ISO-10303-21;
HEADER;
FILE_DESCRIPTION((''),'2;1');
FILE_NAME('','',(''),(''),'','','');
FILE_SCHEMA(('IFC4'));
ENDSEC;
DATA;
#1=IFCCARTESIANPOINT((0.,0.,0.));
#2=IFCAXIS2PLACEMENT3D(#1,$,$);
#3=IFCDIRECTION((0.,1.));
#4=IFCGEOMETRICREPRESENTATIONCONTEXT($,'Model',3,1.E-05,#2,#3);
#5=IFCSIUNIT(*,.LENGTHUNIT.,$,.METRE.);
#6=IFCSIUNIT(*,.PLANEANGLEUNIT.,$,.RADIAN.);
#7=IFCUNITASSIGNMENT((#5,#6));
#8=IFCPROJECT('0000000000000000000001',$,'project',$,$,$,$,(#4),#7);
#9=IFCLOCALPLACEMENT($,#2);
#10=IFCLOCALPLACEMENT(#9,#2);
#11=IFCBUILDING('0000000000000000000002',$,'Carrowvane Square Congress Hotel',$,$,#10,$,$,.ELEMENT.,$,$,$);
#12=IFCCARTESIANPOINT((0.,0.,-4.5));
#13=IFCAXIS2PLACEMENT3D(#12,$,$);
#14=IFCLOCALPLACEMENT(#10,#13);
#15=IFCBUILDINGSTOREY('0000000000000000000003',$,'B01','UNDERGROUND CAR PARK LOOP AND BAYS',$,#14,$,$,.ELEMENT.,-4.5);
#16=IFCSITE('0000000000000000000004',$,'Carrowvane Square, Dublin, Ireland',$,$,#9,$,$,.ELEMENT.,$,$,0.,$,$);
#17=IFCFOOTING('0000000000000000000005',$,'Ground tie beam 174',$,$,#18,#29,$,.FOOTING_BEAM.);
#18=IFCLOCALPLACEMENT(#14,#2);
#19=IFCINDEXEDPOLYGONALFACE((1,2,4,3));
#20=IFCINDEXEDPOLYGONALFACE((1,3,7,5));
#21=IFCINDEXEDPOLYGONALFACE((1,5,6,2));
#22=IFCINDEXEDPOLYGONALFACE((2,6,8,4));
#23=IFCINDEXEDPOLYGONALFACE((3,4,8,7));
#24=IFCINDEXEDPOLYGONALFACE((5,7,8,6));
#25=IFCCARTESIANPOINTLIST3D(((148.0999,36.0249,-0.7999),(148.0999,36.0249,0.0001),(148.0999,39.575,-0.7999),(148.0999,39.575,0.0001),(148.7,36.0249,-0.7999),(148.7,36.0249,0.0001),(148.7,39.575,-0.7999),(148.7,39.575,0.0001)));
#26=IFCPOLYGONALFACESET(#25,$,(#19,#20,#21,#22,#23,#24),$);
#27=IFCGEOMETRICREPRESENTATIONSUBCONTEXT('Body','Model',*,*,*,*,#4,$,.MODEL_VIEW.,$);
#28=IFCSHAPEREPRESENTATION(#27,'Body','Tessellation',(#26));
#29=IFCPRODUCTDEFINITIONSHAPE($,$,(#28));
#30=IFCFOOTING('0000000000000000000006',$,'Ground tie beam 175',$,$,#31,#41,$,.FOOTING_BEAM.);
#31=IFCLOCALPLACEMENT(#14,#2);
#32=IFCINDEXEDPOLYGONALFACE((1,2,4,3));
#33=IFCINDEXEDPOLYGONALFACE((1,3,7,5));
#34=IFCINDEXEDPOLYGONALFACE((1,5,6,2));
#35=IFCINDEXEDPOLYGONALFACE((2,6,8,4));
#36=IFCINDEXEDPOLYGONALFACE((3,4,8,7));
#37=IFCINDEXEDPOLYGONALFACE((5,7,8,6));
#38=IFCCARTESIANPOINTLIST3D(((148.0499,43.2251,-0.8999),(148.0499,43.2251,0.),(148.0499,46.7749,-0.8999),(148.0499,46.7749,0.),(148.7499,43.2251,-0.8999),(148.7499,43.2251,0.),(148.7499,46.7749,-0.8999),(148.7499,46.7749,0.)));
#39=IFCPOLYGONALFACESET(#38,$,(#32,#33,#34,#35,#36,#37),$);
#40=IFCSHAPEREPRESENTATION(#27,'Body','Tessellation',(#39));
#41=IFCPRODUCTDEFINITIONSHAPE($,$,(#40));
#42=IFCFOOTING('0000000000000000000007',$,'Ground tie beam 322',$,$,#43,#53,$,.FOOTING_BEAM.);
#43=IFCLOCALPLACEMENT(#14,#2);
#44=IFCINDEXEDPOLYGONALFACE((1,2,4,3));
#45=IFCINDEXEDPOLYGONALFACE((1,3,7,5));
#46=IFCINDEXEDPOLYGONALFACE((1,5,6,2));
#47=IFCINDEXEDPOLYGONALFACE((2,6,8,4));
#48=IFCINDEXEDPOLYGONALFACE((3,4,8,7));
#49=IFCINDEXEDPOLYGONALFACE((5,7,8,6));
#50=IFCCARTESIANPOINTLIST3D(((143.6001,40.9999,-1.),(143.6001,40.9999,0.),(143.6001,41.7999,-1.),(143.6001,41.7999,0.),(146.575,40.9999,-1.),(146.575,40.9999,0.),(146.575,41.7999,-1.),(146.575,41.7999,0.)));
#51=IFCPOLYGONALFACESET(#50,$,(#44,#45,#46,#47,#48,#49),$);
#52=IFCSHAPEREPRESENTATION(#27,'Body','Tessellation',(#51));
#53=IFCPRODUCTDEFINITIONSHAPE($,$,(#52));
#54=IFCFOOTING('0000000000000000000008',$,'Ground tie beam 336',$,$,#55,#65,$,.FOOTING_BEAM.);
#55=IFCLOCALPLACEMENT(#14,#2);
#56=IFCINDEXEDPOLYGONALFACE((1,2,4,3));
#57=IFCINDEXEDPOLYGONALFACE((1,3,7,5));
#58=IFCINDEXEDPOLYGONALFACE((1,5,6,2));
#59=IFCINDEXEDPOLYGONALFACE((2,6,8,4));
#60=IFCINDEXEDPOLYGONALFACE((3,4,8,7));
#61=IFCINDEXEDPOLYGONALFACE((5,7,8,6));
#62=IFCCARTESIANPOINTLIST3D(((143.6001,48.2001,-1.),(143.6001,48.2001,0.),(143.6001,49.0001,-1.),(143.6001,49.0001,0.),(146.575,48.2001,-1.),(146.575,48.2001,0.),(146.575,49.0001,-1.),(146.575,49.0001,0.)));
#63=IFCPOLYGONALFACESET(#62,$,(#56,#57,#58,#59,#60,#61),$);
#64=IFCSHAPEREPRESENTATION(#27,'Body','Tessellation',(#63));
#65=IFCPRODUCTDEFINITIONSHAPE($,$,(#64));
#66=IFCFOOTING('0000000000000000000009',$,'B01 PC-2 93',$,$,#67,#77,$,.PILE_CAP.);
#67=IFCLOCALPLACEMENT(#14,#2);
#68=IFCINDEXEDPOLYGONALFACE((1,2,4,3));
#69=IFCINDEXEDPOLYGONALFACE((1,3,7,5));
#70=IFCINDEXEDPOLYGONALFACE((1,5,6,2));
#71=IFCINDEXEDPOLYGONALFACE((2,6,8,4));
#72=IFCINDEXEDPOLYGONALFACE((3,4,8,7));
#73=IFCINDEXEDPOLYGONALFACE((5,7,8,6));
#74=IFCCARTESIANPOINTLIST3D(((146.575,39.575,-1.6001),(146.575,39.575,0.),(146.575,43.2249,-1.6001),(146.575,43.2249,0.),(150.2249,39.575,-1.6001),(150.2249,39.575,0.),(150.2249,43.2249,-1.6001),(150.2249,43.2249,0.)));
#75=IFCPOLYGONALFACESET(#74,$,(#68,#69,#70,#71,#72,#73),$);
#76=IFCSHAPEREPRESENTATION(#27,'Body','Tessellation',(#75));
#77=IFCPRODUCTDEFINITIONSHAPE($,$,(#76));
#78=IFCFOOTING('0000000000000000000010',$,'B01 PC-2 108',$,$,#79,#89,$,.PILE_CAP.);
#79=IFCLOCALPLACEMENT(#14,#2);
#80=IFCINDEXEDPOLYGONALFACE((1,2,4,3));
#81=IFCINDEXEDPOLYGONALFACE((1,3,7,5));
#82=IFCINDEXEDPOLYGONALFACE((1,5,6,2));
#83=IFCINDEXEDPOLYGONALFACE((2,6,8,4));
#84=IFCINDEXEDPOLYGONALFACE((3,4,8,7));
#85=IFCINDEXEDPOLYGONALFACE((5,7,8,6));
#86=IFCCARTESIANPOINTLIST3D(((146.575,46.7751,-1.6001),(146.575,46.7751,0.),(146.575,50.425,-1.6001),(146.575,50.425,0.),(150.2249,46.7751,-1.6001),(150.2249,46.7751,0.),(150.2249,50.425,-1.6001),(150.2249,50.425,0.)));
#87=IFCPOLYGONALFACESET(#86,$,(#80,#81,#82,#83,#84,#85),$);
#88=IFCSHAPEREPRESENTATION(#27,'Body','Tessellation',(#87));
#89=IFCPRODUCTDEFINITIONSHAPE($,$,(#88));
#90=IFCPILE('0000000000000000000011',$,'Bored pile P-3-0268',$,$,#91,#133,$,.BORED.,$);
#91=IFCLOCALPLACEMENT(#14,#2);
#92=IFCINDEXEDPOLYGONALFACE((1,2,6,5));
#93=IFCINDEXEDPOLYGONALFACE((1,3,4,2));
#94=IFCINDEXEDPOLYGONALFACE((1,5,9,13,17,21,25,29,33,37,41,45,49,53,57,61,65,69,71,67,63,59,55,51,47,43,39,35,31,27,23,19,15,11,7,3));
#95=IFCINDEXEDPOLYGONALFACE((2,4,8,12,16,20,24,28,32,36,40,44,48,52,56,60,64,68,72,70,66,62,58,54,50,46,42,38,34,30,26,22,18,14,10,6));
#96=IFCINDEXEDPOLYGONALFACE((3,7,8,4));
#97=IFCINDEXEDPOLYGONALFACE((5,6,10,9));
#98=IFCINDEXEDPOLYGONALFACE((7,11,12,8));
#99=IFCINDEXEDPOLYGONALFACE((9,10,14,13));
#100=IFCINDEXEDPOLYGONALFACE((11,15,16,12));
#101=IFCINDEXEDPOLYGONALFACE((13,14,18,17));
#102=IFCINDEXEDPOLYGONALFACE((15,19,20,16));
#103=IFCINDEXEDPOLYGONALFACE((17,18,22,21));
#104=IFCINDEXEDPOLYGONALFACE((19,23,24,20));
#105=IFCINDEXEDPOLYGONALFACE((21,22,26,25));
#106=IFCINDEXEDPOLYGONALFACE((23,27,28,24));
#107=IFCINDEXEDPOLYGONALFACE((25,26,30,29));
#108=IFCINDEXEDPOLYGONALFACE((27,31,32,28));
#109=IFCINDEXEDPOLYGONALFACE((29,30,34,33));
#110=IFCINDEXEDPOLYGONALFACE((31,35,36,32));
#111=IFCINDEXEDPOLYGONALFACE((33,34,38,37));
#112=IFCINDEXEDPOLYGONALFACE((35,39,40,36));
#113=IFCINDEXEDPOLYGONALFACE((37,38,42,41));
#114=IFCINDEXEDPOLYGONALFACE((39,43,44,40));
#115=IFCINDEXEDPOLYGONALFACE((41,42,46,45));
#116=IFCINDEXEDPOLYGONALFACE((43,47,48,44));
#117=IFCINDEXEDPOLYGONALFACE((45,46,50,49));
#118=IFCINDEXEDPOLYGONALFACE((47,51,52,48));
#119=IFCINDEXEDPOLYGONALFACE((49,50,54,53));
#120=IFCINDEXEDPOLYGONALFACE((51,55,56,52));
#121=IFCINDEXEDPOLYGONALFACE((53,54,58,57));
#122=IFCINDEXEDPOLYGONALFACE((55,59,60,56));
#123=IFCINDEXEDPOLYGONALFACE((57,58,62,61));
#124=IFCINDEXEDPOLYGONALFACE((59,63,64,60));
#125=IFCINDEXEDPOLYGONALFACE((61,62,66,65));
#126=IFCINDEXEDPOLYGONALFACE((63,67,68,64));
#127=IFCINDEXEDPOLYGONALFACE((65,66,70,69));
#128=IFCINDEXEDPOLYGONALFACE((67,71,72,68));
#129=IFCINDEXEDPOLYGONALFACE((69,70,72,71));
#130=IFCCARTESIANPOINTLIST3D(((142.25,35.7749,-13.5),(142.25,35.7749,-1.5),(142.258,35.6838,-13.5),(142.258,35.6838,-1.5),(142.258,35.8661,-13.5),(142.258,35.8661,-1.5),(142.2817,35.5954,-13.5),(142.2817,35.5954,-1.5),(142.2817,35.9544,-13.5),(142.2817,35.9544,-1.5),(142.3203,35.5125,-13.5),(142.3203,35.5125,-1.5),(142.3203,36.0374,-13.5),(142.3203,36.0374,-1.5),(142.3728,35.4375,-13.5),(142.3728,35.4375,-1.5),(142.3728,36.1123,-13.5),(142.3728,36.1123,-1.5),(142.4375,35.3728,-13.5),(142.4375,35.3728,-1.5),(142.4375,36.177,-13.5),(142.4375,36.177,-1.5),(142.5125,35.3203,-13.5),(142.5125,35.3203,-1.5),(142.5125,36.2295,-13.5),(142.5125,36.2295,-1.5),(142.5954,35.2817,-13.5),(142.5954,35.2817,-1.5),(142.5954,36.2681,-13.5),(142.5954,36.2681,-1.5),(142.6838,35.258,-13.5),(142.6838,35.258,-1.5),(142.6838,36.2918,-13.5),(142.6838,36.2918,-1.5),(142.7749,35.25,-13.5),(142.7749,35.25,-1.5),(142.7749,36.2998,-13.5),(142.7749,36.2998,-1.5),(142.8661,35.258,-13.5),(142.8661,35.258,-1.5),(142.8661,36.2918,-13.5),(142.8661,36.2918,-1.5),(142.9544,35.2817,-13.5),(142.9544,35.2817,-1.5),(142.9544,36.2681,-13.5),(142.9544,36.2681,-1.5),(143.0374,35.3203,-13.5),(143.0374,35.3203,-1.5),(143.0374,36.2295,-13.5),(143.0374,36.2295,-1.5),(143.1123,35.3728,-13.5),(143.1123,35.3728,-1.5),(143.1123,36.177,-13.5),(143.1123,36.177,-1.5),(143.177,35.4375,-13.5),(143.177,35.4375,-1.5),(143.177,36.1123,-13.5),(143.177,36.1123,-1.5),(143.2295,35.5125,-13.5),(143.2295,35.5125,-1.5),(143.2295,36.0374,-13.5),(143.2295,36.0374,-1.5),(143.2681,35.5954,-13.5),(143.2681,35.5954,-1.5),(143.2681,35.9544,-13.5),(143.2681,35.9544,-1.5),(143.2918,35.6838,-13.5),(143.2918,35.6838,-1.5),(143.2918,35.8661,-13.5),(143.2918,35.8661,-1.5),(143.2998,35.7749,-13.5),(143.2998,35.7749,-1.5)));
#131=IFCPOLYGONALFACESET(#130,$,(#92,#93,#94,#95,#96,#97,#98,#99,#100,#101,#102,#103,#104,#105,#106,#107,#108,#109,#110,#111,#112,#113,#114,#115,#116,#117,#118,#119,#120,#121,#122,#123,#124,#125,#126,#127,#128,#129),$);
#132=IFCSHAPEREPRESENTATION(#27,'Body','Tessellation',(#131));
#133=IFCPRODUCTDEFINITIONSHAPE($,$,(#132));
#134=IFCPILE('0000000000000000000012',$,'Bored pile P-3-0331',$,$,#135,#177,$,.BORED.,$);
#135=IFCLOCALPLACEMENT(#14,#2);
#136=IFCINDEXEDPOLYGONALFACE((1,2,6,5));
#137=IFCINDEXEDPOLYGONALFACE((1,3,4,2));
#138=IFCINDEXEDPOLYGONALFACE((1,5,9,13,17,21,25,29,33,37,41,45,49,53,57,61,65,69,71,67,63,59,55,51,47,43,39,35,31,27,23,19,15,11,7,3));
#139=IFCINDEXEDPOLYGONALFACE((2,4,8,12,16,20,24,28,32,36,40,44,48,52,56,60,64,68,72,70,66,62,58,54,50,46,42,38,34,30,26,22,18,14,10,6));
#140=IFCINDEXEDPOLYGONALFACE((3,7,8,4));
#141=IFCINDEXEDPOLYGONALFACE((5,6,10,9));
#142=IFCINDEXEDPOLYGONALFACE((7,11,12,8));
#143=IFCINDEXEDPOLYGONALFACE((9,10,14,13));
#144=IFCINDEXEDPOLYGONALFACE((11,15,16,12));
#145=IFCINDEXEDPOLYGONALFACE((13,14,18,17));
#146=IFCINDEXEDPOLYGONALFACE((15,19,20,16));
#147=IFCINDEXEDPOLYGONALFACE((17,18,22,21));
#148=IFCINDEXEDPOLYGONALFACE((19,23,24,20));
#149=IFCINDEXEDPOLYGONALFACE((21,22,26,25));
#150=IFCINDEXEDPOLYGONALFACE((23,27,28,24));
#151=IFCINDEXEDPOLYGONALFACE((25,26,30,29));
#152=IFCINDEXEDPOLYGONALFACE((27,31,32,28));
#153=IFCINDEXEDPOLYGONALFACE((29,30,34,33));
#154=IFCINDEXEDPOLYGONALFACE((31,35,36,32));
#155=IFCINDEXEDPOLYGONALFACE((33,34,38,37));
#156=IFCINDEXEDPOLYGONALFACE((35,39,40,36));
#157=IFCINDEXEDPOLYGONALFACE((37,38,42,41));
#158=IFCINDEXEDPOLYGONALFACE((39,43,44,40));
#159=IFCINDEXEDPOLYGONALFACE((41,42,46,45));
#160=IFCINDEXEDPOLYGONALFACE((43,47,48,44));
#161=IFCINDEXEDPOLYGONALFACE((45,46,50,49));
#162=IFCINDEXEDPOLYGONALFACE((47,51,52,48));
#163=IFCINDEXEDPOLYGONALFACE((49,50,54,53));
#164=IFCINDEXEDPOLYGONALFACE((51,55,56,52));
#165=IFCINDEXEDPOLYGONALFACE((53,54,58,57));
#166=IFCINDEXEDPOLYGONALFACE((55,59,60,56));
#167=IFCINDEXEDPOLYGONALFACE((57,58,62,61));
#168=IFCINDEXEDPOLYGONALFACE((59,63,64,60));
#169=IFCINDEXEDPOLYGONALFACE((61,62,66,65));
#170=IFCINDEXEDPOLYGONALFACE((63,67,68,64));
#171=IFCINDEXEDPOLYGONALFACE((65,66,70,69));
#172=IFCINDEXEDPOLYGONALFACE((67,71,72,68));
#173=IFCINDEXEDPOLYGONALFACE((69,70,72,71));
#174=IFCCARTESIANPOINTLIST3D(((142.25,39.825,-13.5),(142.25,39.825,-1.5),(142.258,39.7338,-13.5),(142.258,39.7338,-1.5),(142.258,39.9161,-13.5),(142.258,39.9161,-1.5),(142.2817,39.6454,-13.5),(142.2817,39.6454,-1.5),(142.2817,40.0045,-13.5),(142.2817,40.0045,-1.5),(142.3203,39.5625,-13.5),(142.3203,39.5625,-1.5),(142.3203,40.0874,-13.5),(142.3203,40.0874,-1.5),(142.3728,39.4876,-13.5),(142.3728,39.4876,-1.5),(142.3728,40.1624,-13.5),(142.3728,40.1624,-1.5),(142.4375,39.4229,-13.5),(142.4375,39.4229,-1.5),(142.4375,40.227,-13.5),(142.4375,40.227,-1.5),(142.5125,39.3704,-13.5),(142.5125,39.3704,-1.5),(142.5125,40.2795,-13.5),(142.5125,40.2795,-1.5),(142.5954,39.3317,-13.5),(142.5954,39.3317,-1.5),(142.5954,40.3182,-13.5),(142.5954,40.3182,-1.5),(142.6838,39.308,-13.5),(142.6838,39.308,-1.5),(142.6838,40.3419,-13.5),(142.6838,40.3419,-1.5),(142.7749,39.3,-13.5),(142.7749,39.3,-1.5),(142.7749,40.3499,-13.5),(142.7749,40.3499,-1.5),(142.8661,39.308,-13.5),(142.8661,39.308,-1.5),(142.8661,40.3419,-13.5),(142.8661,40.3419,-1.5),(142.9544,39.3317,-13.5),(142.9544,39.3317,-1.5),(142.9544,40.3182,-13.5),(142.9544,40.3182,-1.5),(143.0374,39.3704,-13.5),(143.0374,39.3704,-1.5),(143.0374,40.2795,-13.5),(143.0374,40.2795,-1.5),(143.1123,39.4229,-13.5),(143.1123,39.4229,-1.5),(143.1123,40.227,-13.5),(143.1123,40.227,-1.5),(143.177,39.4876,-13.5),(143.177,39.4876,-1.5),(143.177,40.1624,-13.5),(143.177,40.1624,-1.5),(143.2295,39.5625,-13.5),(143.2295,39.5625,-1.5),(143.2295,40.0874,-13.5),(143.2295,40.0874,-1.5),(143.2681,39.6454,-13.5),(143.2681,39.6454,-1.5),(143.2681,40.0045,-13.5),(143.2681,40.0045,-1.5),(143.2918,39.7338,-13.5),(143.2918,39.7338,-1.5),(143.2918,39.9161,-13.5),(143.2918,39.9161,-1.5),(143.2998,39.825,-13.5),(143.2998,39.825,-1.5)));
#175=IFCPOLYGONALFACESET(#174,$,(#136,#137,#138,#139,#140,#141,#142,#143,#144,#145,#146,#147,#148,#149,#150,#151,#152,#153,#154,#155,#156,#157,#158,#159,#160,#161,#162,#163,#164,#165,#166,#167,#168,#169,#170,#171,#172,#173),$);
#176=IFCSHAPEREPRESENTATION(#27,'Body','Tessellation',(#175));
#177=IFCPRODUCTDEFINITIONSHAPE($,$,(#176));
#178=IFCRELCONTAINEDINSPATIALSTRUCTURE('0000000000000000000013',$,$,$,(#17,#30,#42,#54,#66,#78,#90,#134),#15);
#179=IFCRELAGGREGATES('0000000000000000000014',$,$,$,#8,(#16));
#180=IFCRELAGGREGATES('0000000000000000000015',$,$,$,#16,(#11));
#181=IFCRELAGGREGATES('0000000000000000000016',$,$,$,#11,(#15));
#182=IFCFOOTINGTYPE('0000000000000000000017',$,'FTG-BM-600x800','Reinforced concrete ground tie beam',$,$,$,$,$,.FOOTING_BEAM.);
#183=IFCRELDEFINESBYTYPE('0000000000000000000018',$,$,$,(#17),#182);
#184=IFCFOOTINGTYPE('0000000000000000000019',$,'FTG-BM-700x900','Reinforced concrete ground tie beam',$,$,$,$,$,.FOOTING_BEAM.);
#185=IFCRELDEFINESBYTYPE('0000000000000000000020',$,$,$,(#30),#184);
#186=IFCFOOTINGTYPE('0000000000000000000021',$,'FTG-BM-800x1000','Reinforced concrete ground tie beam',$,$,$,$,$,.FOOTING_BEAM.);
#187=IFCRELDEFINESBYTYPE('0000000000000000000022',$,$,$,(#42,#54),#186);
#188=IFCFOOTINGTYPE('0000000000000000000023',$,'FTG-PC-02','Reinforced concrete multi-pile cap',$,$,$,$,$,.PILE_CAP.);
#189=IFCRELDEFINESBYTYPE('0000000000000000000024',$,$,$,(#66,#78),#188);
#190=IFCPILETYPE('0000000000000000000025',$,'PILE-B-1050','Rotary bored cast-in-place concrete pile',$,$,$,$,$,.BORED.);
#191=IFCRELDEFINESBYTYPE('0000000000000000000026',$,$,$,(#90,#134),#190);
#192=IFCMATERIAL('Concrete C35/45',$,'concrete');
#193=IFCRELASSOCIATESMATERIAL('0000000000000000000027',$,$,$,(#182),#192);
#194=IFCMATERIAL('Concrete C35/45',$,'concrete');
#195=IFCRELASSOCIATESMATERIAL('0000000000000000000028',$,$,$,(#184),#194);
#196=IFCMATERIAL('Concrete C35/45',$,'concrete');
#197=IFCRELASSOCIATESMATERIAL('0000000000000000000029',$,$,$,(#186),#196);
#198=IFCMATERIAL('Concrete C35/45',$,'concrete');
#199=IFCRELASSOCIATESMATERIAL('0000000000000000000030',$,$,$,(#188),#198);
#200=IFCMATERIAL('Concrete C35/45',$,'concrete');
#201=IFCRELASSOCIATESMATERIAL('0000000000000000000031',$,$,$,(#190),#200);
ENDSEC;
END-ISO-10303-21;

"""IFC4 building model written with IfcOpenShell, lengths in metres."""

from ifc_helpers import new_model, si_unit, direction, frame, origin, origin_2d, place, context, subcontext, project, spatial, rectangle, circle, extrude, material, material_profile, profile_set, type_object, element, save


model = new_model("IFC4")

# Units and contexts
model_context = context("Model", 3, precision=1e-05, world=origin(), true_north=direction((0.0, 1.0)))
body_context = subcontext(model_context, "Body", "Model", "MODEL_VIEW")
ifc_project = project(units=[si_unit("LENGTHUNIT", "METRE"), si_unit("PLANEANGLEUNIT", "RADIAN")], contexts=[model_context])

# Site, building, storey
site_placement = place(None, origin())
site = spatial("IfcSite", under=ifc_project, at=site_placement, Name="Carrowvane Square, Dublin, Ireland", CompositionType="ELEMENT", RefElevation=0.0)
building_placement = place(site_placement, origin())
building = spatial("IfcBuilding", under=site, at=building_placement, Name="Carrowvane Square Congress Hotel", CompositionType="ELEMENT")
storey_placement = place(building_placement, frame((0.0, 0.0, -4.5)))
storey = spatial("IfcBuildingStorey", under=building, at=storey_placement, Name="B01", Description="UNDERGROUND CAR PARK LOOP AND BAYS", CompositionType="ELEMENT", Elevation=-4.5)

# Footings
ifc_material_1 = material(Name="Concrete C35/45", Category="concrete")
ifc_material_profile_1 = material_profile(ifc_material_1, rectangle(XDim=0.6001, YDim=0.8, at=origin_2d()), Name="RC 600x800")
ifc_profile_set_1 = profile_set([ifc_material_profile_1], Name="Concrete C35/45")
footing_type_1 = type_object("IfcFootingType", Name="FTG-BM-600x800", Description="Reinforced concrete ground tie beam", PredefinedType="FOOTING_BEAM", material=ifc_profile_set_1)
footing_1_placement = place(storey_placement, frame((148.3999, 36.0249, -0.3999), z_axis=(0.0, 1.0, 0.0), x_axis=(-1.0, 0.0, 0.0)))
element("IfcFooting", 1, at=footing_1_placement, inside=storey, type_object=footing_type_1, Name="Ground tie beam 174", PredefinedType="FOOTING_BEAM", context=body_context, shape_type="SweptSolid", body=[
    extrude(rectangle(XDim=0.6001, YDim=0.8, at=origin_2d()), origin(), (0.0, 0.0, 1.0), 3.55),
])
ifc_material_2 = material(Name="Concrete C35/45", Category="concrete")
ifc_material_profile_2 = material_profile(ifc_material_2, rectangle(XDim=0.7, YDim=0.8999, at=origin_2d()), Name="RC 700x900")
ifc_profile_set_2 = profile_set([ifc_material_profile_2], Name="Concrete C35/45")
footing_type_2 = type_object("IfcFootingType", Name="FTG-BM-700x900", Description="Reinforced concrete ground tie beam", PredefinedType="FOOTING_BEAM", material=ifc_profile_set_2)
footing_2_placement = place(storey_placement, frame((148.3999, 43.2251, -0.45), z_axis=(0.0, 1.0, 0.0), x_axis=(-1.0, 0.0, 0.0)))
element("IfcFooting", 2, at=footing_2_placement, inside=storey, type_object=footing_type_2, Name="Ground tie beam 175", PredefinedType="FOOTING_BEAM", context=body_context, shape_type="SweptSolid", body=[
    extrude(rectangle(XDim=0.7, YDim=0.8999, at=origin_2d()), origin(), (0.0, 0.0, 1.0), 3.5498),
])
ifc_material_3 = material(Name="Concrete C35/45", Category="concrete")
ifc_material_profile_3 = material_profile(ifc_material_3, rectangle(XDim=0.8, YDim=1.0, at=origin_2d()), Name="RC 800x1000")
ifc_profile_set_3 = profile_set([ifc_material_profile_3], Name="Concrete C35/45")
footing_type_3 = type_object("IfcFootingType", Name="FTG-BM-800x1000", Description="Reinforced concrete ground tie beam", PredefinedType="FOOTING_BEAM", material=ifc_profile_set_3)
for number, where, z_axis, x_axis, name in (
    (3, (143.6001, 41.3999, -0.5), (1.0, 0.0, 0.0), (0.0, 1.0, 0.0), "Ground tie beam 322"),
    (4, (143.6001, 48.6001, -0.5), (1.0, 0.0, 0.0), (0.0, 1.0, 0.0), "Ground tie beam 336"),
):
    element("IfcFooting", number, at=place(storey_placement, frame(where, z_axis=z_axis, x_axis=x_axis)), inside=storey, type_object=footing_type_3, Name=name, PredefinedType="FOOTING_BEAM", context=body_context, shape_type="SweptSolid", body=[
        extrude(rectangle(XDim=0.8, YDim=1.0, at=origin_2d()), origin(), (0.0, 0.0, 1.0), 2.9749),
    ])
ifc_material_4 = material(Name="Concrete C35/45", Category="concrete")
footing_type_4 = type_object("IfcFootingType", Name="FTG-PC-02", Description="Reinforced concrete multi-pile cap", PredefinedType="PILE_CAP", material=ifc_material_4)
for number, where, z_axis, x_axis, name in (
    (5, (148.3999, 41.3999, -1.6001), (0.0, 0.0, 1.0), (1.0, 0.0, 0.0), "B01 PC-2 93"),
    (6, (148.3999, 48.6001, -1.6001), (0.0, 0.0, 1.0), (1.0, 0.0, 0.0), "B01 PC-2 108"),
):
    element("IfcFooting", number, at=place(storey_placement, frame(where, z_axis=z_axis, x_axis=x_axis)), inside=storey, type_object=footing_type_4, Name=name, PredefinedType="PILE_CAP", context=body_context, shape_type="SweptSolid", body=[
        extrude(rectangle(XDim=3.6499, YDim=3.6499, at=origin_2d()), origin(), (0.0, 0.0, 1.0), 1.6001),
    ])

# Piles
ifc_material_5 = material(Name="Concrete C35/45", Category="concrete")
ifc_material_profile_4 = material_profile(ifc_material_5, circle(Radius=0.5249, at=origin_2d()), Name="PILE D1050")
ifc_profile_set_4 = profile_set([ifc_material_profile_4], Name="Concrete C35/45")
pile_type_1 = type_object("IfcPileType", Name="PILE-B-1050", Description="Rotary bored cast-in-place concrete pile", PredefinedType="BORED", material=ifc_profile_set_4)
for number, where, z_axis, x_axis, name in (
    (7, (142.7749, 35.7749, -1.5), (0.0, 0.0, -1.0), (1.0, 0.0, 0.0), "Bored pile P-3-0268"),
    (8, (142.7749, 39.825, -1.5), (0.0, 0.0, -1.0), (1.0, 0.0, 0.0), "Bored pile P-3-0331"),
):
    element("IfcPile", number, at=place(storey_placement, frame(where, z_axis=z_axis, x_axis=x_axis)), inside=storey, type_object=pile_type_1, Name=name, PredefinedType="BORED", context=body_context, shape_type="SweptSolid", body=[
        extrude(circle(Radius=0.5249, at=origin_2d()), origin(), (0.0, 0.0, 1.0), 12.0),
    ])

save(model, "model.ifc")
